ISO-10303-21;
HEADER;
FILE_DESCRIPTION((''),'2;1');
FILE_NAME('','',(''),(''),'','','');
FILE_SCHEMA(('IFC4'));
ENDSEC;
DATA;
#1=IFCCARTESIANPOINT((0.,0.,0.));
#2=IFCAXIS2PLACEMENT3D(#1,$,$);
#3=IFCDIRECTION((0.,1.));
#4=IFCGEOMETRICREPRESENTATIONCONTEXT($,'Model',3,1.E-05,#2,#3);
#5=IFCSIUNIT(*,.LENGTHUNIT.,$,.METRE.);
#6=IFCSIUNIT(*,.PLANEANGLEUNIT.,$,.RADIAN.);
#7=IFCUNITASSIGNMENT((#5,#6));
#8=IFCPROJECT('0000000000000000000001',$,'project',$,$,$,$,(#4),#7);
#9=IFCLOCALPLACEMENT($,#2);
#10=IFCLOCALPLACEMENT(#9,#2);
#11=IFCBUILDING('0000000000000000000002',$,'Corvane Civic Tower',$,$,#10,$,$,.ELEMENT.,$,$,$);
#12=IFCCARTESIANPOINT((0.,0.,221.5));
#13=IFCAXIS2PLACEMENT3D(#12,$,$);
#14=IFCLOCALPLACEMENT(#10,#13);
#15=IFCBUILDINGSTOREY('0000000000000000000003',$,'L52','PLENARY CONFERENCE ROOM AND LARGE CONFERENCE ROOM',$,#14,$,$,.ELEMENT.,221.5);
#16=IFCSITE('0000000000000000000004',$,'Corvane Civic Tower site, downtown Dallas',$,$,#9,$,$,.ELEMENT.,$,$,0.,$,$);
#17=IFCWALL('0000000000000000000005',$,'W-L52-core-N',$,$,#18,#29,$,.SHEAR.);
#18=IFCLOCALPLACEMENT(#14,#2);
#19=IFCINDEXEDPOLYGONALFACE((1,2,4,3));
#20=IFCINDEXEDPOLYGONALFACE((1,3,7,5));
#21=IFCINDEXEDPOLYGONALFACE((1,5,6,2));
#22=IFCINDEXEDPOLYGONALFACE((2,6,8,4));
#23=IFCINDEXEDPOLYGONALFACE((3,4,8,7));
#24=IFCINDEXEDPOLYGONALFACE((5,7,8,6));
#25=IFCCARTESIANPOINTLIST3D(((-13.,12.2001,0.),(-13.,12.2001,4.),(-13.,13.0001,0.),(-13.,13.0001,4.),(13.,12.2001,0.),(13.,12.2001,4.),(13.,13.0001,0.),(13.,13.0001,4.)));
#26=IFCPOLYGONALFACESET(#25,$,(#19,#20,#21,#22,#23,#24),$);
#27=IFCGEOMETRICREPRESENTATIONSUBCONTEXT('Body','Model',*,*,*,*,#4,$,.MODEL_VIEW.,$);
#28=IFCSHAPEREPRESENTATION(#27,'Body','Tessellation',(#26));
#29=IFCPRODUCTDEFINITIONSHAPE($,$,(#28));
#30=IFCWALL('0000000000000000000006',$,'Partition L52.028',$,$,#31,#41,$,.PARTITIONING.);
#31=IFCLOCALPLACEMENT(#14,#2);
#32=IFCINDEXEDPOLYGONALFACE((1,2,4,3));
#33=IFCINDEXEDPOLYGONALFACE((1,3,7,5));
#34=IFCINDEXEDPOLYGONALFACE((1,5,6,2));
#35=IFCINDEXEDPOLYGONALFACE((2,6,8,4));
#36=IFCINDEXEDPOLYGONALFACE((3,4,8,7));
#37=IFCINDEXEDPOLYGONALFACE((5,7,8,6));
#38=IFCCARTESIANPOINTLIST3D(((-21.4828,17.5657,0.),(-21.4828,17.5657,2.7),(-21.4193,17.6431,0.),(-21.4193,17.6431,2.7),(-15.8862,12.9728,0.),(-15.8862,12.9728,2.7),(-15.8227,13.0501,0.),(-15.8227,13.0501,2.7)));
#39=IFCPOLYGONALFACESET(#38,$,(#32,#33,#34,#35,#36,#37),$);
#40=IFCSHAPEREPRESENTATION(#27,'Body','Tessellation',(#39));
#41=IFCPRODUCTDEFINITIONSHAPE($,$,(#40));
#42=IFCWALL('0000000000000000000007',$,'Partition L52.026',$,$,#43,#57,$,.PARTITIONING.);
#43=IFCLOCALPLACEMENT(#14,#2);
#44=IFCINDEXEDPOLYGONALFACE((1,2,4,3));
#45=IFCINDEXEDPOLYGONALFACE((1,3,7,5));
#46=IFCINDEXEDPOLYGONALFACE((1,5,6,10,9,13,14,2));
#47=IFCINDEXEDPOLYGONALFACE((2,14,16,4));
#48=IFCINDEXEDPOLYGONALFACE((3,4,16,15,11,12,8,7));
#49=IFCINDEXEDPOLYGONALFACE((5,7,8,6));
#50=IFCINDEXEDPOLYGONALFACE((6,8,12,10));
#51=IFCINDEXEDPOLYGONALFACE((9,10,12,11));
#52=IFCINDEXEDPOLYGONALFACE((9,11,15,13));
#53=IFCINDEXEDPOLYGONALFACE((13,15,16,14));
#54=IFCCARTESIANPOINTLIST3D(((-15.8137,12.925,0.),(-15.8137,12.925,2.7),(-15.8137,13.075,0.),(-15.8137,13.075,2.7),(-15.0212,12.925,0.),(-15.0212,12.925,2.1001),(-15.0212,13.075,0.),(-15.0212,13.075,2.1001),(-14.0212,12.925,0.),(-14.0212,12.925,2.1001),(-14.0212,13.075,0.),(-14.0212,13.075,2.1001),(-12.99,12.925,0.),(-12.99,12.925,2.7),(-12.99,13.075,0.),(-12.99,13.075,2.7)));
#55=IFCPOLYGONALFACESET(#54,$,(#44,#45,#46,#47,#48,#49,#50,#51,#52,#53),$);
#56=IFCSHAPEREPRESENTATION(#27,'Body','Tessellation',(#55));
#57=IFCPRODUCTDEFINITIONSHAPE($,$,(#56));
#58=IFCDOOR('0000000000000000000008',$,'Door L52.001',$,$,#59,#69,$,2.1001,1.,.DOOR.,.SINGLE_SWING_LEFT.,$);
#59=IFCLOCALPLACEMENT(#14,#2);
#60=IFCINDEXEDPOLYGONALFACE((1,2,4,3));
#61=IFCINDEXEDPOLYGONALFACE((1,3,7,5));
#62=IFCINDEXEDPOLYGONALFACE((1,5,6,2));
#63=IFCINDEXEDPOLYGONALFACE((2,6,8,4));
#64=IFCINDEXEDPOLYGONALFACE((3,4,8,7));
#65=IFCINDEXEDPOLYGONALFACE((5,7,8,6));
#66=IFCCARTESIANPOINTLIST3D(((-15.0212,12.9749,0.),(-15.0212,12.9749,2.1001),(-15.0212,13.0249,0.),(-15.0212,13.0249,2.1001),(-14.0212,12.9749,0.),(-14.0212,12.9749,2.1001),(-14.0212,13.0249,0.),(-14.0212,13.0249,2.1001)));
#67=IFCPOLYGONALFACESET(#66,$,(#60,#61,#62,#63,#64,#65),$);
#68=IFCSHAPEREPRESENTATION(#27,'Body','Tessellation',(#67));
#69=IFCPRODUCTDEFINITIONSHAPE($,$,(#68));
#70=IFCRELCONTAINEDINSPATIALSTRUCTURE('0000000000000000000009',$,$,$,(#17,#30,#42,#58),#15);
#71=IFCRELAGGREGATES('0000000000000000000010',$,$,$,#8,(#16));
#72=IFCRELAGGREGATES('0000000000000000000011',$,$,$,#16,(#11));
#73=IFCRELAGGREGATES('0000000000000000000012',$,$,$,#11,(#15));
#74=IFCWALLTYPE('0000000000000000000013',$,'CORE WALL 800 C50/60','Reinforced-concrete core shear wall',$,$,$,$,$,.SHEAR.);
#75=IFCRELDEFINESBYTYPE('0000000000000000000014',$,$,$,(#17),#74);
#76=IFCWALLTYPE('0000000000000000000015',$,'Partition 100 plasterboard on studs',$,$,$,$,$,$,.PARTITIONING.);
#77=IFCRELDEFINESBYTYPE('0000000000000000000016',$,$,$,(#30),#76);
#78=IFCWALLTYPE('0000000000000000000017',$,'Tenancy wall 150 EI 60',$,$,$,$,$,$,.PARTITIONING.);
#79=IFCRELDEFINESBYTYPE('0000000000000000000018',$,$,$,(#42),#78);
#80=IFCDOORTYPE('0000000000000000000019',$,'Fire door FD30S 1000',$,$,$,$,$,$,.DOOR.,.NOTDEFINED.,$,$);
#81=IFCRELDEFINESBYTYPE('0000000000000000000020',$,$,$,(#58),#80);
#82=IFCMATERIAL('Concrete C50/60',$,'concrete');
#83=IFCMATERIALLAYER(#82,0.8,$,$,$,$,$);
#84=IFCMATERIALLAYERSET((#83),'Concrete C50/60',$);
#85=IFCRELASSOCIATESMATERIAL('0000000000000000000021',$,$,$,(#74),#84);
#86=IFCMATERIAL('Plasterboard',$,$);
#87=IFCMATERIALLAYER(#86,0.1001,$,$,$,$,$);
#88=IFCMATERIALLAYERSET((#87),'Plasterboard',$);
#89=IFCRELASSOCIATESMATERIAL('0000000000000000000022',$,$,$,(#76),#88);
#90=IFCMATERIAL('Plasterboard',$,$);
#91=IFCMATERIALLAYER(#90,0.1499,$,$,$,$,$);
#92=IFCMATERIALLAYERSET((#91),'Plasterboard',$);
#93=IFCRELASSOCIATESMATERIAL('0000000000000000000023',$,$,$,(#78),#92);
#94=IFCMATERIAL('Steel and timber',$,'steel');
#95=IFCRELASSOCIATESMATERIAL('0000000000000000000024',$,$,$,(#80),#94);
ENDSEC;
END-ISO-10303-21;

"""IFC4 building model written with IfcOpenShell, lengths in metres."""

from ifc_helpers import new_model, si_unit, direction, frame, frame_2d, origin, place, context, subcontext, project, spatial, rectangle, extrude, material, layer, layer_set, type_object, element, fill, save


model = new_model("IFC4")

# Units and contexts
model_context = context("Model", 3, precision=1e-05, world=origin(), true_north=direction((0.0, 1.0)))
body_context = subcontext(model_context, "Body", "Model", "MODEL_VIEW")
ifc_project = project(units=[si_unit("LENGTHUNIT", "METRE"), si_unit("PLANEANGLEUNIT", "RADIAN")], contexts=[model_context])

# Site, building, storey
site_placement = place(None, origin())
site = spatial("IfcSite", under=ifc_project, at=site_placement, Name="Corvane Civic Tower site, downtown Dallas", CompositionType="ELEMENT", RefElevation=0.0)
building_placement = place(site_placement, origin())
building = spatial("IfcBuilding", under=site, at=building_placement, Name="Corvane Civic Tower", CompositionType="ELEMENT")
storey_placement = place(building_placement, frame((0.0, 0.0, 221.5)))
storey = spatial("IfcBuildingStorey", under=building, at=storey_placement, Name="L52", Description="PLENARY CONFERENCE ROOM AND LARGE CONFERENCE ROOM", CompositionType="ELEMENT", Elevation=221.5)

# Walls
ifc_material_1 = material(Name="Concrete C50/60", Category="concrete")
ifc_layer_1 = layer(ifc_material_1, 0.8)
ifc_layer_set_1 = layer_set([ifc_layer_1], Name="Concrete C50/60")
wall_type_1 = type_object("IfcWallType", Name="CORE WALL 800 C50/60", Description="Reinforced-concrete core shear wall", PredefinedType="SHEAR", material=ifc_layer_set_1)
wall_1_placement = place(storey_placement, frame((-13.0, 12.6001, 0.0), z_axis=(0.0, 0.0, 1.0), x_axis=(1.0, 0.0, 0.0)))
element("IfcWall", 1, at=wall_1_placement, inside=storey, type_object=wall_type_1, Name="W-L52-core-N", PredefinedType="SHEAR", context=body_context, shape_type="SweptSolid", body=[
    extrude(rectangle(XDim=26.0, YDim=0.8, at=frame_2d((13.0, 0.0))), origin(), (0.0, 0.0, 1.0), 4.0),
])
ifc_material_2 = material(Name="Plasterboard")
ifc_layer_2 = layer(ifc_material_2, 0.1001)
ifc_layer_set_2 = layer_set([ifc_layer_2], Name="Plasterboard")
wall_type_2 = type_object("IfcWallType", Name="Partition 100 plasterboard on studs", PredefinedType="PARTITIONING", material=ifc_layer_set_2)
wall_2_placement = place(storey_placement, frame((-21.4512, 17.6045, 0.0), z_axis=(0.0, 0.0, 1.0), x_axis=(0.773014, -0.634388, 0.0)))
element("IfcWall", 2, at=wall_2_placement, inside=storey, type_object=wall_type_2, Name="Partition L52.028", PredefinedType="PARTITIONING", context=body_context, shape_type="SweptSolid", body=[
    extrude(rectangle(XDim=7.24, YDim=0.1001, at=frame_2d((3.6201, 0.0))), origin(), (0.0, 0.0, 1.0), 2.7),
])

# Wall, opening, door
ifc_material_3 = material(Name="Plasterboard")
ifc_layer_3 = layer(ifc_material_3, 0.1499)
ifc_layer_set_3 = layer_set([ifc_layer_3], Name="Plasterboard")
wall_type_3 = type_object("IfcWallType", Name="Tenancy wall 150 EI 60", PredefinedType="PARTITIONING", material=ifc_layer_set_3)
wall_3_placement = place(storey_placement, frame((-15.8137, 13.0, 0.0), z_axis=(0.0, 0.0, 1.0), x_axis=(1.0, 0.0, 0.0)))
wall_3 = element("IfcWall", 3, at=wall_3_placement, inside=storey, type_object=wall_type_3, Name="Partition L52.026", PredefinedType="PARTITIONING", context=body_context, shape_type="SweptSolid", body=[
    extrude(rectangle(XDim=2.8237, YDim=0.1499, at=frame_2d((1.4119, 0.0))), origin(), (0.0, 0.0, 1.0), 2.7),
])
opening_placement = place(wall_3_placement, frame((0.7925, 0.0, 0.0)))
opening = element("IfcOpeningElement", 4, at=opening_placement, cuts=wall_3, PredefinedType="OPENING", context=body_context, shape_type="SweptSolid", body=[
    extrude(rectangle(XDim=1.0, YDim=2.1001, at=frame_2d((0.5, 1.05))), frame((0.0, 0.085, 0.0), z_axis=(0.0, -1.0, 0.0), x_axis=(1.0, 0.0, 0.0)), (0.0, 0.0, 1.0), 0.1699),
])
ifc_material_4 = material(Name="Steel and timber", Category="steel")
door_type = type_object("IfcDoorType", Name="Fire door FD30S 1000", OperationType="NOTDEFINED", PredefinedType="DOOR", material=ifc_material_4)
door_placement = place(opening_placement, origin())
door = element("IfcDoor", 5, at=door_placement, inside=storey, type_object=door_type, Name="Door L52.001", OperationType="SINGLE_SWING_LEFT", OverallHeight=2.1001, OverallWidth=1.0, PredefinedType="DOOR", context=body_context, shape_type="SweptSolid", body=[
    extrude(rectangle(XDim=1.0, YDim=2.1001, at=frame_2d((0.5, 1.05))), frame((0.0, 0.0249, 0.0), z_axis=(0.0, -1.0, 0.0), x_axis=(1.0, 0.0, 0.0)), (0.0, 0.0, 1.0), 0.05),
])
fill(opening, door)

save(model, "model.ifc")
